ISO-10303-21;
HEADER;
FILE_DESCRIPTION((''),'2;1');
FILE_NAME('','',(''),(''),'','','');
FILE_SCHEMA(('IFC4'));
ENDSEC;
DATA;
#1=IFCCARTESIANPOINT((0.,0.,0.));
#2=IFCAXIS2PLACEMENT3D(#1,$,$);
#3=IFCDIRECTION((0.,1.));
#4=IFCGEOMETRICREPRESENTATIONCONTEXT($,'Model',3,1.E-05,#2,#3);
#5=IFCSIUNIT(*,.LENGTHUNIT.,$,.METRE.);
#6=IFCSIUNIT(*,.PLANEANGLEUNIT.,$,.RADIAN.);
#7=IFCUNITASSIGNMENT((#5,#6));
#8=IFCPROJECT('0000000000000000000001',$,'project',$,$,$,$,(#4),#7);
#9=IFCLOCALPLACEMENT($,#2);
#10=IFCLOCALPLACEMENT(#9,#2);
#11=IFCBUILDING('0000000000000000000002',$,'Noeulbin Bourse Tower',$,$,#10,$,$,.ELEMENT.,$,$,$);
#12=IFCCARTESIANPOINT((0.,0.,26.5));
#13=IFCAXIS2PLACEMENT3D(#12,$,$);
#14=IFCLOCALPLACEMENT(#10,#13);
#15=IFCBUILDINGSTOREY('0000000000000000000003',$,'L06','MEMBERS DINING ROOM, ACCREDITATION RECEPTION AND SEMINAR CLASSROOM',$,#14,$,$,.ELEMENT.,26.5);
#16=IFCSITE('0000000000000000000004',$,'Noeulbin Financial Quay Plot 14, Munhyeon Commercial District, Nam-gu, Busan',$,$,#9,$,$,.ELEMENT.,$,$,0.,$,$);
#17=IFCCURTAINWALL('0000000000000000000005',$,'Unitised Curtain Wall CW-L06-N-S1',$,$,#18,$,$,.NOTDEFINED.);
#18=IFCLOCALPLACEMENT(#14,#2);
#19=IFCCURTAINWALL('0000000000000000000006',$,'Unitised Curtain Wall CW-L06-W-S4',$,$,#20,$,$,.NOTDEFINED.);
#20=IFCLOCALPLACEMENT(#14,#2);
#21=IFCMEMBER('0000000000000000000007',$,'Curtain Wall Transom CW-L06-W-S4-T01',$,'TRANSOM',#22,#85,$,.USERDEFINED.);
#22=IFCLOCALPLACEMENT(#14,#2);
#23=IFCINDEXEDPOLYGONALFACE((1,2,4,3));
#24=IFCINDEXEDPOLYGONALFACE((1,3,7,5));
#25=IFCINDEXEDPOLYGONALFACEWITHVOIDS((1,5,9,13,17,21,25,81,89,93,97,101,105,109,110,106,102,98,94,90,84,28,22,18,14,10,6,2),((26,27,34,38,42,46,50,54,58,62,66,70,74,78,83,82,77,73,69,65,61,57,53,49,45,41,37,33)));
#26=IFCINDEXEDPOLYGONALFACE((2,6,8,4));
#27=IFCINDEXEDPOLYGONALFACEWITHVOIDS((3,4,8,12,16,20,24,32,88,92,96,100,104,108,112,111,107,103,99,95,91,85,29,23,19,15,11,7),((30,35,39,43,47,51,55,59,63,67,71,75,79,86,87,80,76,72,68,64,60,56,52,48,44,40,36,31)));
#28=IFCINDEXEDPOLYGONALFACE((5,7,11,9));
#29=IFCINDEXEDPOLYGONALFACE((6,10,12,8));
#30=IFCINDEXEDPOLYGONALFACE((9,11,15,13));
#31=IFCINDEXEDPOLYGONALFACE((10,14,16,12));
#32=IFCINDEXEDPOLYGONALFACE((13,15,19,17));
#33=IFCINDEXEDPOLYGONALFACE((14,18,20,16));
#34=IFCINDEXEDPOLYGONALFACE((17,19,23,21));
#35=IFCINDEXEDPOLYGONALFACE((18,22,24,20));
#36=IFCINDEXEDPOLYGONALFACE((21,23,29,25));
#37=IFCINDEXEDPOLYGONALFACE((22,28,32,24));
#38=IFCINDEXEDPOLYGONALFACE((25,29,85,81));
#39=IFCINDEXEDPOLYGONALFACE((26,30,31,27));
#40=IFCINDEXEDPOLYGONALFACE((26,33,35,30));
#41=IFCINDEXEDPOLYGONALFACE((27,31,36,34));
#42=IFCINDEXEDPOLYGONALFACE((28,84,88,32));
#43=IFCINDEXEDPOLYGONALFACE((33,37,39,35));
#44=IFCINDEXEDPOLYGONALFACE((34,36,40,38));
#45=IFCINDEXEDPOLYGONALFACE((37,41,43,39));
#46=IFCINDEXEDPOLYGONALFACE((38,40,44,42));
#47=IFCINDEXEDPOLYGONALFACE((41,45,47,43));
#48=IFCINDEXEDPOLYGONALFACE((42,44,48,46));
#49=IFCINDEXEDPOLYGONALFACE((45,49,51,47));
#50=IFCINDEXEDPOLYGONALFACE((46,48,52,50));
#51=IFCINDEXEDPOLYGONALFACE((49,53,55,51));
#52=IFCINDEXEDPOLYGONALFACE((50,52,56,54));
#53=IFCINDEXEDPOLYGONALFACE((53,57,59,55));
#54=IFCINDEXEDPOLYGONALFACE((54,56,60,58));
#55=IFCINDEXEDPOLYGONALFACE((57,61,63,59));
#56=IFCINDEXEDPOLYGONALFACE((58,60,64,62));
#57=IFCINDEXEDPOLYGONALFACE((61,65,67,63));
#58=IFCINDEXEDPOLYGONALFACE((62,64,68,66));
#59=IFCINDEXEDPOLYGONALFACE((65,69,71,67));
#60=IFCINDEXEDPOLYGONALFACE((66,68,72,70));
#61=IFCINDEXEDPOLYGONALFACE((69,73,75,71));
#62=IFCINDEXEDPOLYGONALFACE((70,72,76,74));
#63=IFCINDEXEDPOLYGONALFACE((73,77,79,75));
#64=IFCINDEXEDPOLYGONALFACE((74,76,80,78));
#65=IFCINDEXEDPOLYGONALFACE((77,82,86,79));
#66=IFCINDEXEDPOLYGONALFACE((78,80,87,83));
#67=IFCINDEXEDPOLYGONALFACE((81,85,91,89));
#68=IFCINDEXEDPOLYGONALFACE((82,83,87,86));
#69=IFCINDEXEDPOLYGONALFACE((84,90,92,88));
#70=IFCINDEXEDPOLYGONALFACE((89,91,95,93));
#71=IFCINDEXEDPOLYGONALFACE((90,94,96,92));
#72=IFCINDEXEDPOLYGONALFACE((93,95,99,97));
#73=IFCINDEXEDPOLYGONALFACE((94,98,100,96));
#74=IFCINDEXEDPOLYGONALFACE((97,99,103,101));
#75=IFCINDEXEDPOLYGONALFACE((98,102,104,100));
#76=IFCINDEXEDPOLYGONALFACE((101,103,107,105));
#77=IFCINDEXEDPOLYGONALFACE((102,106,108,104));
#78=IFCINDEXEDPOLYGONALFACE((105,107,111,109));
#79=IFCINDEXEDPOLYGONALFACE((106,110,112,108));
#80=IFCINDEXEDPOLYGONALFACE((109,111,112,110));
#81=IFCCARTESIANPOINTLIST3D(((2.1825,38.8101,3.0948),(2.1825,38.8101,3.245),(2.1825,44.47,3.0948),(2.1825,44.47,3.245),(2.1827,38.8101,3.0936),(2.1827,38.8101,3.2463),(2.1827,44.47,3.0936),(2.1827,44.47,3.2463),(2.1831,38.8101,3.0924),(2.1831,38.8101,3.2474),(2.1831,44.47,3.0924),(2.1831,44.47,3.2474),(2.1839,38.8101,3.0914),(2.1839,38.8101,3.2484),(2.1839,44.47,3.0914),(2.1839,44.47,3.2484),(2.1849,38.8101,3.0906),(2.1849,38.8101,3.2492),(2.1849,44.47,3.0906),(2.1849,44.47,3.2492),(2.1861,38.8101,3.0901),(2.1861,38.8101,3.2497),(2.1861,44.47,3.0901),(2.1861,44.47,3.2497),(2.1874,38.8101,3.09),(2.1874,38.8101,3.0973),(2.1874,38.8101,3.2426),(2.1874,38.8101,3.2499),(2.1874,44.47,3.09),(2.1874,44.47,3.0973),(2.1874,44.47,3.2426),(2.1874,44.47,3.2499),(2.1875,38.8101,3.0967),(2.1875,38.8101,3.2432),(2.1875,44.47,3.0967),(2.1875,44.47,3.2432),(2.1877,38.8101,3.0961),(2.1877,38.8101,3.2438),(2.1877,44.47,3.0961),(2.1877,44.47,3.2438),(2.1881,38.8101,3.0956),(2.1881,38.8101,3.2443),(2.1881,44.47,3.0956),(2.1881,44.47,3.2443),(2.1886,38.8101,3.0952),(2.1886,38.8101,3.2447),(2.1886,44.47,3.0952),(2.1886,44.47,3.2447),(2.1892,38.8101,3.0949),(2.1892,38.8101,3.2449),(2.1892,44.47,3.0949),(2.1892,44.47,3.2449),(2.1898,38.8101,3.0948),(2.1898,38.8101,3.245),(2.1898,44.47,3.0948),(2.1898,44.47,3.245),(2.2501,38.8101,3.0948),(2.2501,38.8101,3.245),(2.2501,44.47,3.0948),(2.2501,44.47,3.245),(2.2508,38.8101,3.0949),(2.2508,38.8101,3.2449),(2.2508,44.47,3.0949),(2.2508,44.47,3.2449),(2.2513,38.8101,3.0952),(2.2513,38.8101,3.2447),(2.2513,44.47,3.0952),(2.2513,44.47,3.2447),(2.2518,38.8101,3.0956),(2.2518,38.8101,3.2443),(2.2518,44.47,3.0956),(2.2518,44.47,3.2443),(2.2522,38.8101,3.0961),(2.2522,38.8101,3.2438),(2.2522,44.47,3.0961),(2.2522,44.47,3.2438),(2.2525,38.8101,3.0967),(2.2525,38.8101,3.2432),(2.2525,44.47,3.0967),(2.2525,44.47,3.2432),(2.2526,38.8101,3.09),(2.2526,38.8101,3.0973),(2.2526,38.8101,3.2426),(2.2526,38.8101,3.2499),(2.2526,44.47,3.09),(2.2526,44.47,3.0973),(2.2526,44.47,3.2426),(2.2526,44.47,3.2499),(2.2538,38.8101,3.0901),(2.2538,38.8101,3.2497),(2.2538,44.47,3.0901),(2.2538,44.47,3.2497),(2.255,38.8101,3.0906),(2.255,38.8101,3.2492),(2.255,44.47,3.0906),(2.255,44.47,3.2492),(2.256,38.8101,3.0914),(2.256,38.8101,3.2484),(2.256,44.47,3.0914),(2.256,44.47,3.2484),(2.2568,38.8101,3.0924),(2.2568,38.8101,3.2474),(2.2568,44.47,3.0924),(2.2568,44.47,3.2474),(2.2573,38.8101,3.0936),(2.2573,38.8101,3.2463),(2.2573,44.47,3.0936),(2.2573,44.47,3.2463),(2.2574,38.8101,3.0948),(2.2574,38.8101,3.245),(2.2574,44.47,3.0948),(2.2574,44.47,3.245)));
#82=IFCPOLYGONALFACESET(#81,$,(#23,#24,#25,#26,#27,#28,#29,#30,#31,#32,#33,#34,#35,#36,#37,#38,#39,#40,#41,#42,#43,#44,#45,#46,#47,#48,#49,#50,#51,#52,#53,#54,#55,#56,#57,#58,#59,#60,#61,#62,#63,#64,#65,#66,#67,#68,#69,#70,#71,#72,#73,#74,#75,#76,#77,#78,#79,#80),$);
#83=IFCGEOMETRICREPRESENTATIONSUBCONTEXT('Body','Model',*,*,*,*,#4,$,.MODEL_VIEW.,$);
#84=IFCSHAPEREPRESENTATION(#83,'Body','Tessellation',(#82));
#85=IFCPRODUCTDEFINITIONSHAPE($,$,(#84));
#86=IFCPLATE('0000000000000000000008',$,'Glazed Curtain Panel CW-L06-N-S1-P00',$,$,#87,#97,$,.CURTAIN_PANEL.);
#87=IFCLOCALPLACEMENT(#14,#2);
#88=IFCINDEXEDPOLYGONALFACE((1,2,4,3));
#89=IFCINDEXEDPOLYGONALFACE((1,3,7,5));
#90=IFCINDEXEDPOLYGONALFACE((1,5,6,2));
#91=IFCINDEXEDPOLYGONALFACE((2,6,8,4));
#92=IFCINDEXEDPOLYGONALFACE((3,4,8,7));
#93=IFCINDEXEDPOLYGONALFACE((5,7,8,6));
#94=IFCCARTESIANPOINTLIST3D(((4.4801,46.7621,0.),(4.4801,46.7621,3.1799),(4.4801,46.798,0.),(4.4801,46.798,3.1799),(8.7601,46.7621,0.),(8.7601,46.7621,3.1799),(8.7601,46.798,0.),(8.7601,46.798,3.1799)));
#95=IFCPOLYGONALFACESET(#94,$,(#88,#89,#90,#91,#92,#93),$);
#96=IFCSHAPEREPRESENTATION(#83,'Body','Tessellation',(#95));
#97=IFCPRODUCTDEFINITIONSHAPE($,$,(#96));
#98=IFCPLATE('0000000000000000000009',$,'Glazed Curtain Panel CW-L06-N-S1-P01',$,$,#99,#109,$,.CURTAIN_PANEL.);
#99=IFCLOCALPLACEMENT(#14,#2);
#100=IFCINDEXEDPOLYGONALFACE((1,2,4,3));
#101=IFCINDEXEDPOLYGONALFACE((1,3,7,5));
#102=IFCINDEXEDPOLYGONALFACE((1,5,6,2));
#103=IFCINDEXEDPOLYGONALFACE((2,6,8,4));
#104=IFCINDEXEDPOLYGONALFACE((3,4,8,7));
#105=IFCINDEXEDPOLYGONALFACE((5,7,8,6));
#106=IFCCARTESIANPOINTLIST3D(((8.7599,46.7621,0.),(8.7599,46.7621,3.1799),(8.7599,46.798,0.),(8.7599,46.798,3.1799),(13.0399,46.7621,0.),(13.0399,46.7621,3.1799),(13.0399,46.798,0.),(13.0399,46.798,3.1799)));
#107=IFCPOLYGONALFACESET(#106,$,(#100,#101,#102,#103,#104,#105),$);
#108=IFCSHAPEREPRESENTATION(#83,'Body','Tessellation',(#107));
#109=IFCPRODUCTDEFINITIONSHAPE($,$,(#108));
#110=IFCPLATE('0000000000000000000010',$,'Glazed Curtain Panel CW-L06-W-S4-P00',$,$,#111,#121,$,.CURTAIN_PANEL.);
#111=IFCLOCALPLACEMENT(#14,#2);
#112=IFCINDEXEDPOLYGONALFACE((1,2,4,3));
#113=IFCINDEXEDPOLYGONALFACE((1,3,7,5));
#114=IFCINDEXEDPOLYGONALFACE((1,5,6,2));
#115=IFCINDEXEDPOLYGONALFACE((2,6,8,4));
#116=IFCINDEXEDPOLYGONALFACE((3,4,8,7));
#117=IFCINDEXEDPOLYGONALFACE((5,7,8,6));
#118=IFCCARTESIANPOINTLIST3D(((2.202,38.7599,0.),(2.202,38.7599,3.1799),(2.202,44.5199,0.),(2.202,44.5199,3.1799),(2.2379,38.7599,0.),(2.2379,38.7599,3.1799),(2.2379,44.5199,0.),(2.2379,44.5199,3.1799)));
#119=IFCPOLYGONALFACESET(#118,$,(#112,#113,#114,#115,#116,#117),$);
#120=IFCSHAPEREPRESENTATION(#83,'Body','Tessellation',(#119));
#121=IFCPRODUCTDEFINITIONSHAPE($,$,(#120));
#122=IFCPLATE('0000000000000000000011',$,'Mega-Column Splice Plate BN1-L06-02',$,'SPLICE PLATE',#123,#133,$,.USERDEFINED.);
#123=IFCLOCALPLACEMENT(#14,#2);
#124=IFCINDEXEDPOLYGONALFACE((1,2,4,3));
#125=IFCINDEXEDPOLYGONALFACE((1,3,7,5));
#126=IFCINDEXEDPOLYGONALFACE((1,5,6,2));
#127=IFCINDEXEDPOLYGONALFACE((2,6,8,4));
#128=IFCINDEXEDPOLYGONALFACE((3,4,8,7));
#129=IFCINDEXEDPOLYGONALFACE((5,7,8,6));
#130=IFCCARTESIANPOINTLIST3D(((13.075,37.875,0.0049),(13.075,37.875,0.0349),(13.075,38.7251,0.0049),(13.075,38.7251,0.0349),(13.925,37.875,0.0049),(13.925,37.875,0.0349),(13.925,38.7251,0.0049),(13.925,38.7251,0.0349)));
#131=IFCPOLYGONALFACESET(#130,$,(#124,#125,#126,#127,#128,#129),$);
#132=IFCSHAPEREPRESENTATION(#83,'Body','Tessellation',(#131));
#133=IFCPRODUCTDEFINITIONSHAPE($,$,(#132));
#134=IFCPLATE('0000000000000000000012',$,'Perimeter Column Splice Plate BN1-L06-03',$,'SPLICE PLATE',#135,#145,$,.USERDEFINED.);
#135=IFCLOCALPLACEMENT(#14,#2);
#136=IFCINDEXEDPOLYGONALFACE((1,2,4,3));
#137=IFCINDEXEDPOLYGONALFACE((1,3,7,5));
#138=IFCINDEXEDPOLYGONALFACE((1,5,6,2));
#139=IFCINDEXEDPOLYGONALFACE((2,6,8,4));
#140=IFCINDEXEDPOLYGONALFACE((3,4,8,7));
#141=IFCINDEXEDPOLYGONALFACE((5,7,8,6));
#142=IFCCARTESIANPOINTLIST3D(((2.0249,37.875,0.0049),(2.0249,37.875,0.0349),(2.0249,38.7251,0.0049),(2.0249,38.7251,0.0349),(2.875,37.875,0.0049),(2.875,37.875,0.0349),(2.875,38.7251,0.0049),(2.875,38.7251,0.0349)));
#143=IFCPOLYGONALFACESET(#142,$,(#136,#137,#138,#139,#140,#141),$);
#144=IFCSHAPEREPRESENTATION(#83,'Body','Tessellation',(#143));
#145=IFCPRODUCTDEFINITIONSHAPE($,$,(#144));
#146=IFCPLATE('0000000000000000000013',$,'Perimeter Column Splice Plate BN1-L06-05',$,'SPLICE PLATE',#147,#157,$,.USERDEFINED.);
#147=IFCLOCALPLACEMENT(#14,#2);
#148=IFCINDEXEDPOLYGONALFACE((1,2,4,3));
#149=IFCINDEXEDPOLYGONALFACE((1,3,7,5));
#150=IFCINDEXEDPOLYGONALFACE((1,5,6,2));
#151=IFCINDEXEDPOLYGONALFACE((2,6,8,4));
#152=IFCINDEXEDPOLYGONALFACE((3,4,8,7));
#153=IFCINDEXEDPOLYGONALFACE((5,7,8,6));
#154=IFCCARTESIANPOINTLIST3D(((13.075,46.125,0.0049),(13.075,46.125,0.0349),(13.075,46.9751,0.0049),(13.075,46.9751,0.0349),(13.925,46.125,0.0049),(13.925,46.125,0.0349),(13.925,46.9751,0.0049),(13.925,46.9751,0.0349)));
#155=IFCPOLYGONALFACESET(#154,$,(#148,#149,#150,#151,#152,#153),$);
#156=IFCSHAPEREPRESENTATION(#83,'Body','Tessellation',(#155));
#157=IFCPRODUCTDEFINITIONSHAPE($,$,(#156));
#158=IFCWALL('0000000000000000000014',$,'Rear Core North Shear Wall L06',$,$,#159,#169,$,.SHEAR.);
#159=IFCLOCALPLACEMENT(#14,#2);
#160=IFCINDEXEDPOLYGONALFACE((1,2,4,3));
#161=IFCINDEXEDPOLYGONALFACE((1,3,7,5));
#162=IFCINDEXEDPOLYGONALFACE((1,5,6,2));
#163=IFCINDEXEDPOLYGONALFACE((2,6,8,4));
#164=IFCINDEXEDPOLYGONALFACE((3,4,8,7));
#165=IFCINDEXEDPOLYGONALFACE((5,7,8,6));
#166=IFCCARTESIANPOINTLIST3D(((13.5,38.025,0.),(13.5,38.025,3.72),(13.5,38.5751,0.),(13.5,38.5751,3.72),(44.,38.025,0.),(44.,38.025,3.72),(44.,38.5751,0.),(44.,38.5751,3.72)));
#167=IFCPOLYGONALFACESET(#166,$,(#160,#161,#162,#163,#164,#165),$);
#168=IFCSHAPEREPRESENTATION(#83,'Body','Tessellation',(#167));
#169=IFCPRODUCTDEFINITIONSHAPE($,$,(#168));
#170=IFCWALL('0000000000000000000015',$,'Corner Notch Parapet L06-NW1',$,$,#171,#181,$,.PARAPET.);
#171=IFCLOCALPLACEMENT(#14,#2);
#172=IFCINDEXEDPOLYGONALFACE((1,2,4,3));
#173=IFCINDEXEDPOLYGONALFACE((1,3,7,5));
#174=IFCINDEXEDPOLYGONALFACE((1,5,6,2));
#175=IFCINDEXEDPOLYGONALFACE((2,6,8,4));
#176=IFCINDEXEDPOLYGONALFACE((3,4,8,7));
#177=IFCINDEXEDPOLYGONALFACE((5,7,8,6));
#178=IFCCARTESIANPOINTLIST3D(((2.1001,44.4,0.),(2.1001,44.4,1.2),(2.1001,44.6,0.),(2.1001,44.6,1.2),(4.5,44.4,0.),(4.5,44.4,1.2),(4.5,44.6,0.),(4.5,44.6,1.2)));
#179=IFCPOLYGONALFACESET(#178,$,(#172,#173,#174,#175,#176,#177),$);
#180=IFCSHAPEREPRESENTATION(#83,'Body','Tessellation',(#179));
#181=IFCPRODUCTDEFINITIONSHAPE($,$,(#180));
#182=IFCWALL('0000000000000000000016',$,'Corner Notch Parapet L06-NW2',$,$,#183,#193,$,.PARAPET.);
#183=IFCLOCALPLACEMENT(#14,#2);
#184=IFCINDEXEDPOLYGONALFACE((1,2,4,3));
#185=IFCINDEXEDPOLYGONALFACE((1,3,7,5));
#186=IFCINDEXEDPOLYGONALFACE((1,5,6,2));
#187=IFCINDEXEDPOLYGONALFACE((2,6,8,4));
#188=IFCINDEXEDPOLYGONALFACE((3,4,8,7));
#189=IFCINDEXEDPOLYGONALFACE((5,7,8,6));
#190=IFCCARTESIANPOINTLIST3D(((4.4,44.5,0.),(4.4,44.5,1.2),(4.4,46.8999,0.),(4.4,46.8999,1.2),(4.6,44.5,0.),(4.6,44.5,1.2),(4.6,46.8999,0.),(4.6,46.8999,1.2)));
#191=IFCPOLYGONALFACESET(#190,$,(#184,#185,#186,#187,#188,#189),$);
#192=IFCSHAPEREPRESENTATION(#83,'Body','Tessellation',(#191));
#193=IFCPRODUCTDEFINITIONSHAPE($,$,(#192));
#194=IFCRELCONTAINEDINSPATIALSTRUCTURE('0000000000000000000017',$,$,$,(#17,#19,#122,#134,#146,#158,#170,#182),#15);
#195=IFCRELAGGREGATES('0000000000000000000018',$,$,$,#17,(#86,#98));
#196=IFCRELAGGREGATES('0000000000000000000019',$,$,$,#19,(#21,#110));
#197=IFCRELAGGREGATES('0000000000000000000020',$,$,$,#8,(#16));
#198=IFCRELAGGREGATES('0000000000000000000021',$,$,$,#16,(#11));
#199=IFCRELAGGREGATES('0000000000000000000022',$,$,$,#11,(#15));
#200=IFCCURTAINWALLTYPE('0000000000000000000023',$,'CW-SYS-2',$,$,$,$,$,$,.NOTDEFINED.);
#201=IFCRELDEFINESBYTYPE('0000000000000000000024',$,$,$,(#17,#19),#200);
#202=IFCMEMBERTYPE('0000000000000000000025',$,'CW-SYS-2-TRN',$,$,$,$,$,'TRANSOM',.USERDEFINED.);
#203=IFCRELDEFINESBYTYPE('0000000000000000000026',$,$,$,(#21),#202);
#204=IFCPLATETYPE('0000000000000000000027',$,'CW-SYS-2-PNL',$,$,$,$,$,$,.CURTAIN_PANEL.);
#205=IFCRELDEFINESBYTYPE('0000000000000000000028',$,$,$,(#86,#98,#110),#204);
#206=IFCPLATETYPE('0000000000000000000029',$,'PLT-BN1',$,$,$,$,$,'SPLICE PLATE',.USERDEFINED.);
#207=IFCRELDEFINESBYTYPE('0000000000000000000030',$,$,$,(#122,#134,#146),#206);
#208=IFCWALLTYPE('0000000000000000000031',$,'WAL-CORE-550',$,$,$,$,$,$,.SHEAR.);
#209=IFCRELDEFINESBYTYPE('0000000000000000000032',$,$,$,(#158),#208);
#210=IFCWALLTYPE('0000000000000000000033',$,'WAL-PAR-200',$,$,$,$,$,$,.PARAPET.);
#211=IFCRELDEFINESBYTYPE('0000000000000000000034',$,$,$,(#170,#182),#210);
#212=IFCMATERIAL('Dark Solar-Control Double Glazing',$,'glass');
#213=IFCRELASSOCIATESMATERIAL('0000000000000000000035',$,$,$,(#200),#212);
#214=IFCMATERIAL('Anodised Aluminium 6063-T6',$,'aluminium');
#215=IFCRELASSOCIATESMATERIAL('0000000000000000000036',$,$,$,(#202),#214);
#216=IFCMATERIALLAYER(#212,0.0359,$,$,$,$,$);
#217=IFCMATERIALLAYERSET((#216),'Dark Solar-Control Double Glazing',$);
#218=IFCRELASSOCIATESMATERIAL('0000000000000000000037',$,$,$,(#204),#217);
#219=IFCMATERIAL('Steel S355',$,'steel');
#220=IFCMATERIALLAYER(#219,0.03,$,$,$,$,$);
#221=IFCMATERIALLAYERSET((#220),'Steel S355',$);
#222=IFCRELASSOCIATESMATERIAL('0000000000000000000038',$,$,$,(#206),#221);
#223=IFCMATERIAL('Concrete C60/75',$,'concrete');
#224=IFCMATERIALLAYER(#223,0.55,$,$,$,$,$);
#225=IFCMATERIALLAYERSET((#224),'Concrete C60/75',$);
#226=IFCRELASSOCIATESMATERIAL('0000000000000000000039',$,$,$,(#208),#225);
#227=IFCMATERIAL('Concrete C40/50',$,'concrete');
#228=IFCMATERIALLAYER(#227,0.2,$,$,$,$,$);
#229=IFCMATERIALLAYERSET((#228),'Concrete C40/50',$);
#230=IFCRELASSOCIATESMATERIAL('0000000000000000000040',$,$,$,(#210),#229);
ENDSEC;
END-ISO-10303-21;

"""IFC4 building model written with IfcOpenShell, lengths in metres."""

from ifc_helpers import new_model, si_unit, direction, frame, frame_2d, origin, origin_2d, place, context, subcontext, project, spatial, rectangle, hollow_rectangle, extrude, material, layer, layer_set, material_profile, profile_set, type_object, element, aggregate, save


model = new_model("IFC4")

# Units and contexts
model_context = context("Model", 3, precision=1e-05, world=origin(), true_north=direction((0.0, 1.0)))
body_context = subcontext(model_context, "Body", "Model", "MODEL_VIEW")
ifc_project = project(units=[si_unit("LENGTHUNIT", "METRE"), si_unit("PLANEANGLEUNIT", "RADIAN")], contexts=[model_context])

# Site, building, storey
site_placement = place(None, origin())
site = spatial("IfcSite", under=ifc_project, at=site_placement, Name="Noeulbin Financial Quay Plot 14, Munhyeon Commercial District, Nam-gu, Busan", CompositionType="ELEMENT", RefElevation=0.0)
building_placement = place(site_placement, origin())
building = spatial("IfcBuilding", under=site, at=building_placement, Name="Noeulbin Bourse Tower", CompositionType="ELEMENT")
storey_placement = place(building_placement, frame((0.0, 0.0, 26.5)))
storey = spatial("IfcBuildingStorey", under=building, at=storey_placement, Name="L06", Description="MEMBERS DINING ROOM, ACCREDITATION RECEPTION AND SEMINAR CLASSROOM", CompositionType="ELEMENT", Elevation=26.5)

# Shared definitions
ifc_material_1 = material(Name="Steel S355", Category="steel")

# Curtain wall
ifc_material_2 = material(Name="Dark Solar-Control Double Glazing", Category="glass")
curtain_wall_type = type_object("IfcCurtainWallType", Name="CW-SYS-2", PredefinedType="NOTDEFINED", material=ifc_material_2)
curtain_wall_1_placement = place(storey_placement, origin())
curtain_wall_1 = element("IfcCurtainWall", 1, at=curtain_wall_1_placement, inside=storey, type_object=curtain_wall_type, Name="Unitised Curtain Wall CW-L06-N-S1", PredefinedType="NOTDEFINED")
ifc_material_3 = material(Name="Anodised Aluminium 6063-T6", Category="aluminium")

# Curtain wall
curtain_wall_2_placement = place(storey_placement, origin())
curtain_wall_2 = element("IfcCurtainWall", 2, at=curtain_wall_2_placement, inside=storey, type_object=curtain_wall_type, Name="Unitised Curtain Wall CW-L06-W-S4", PredefinedType="NOTDEFINED")

# Member
ifc_material_profile_1 = material_profile(ifc_material_3, hollow_rectangle(XDim=0.075, YDim=0.1599, WallThickness=0.0049, InnerFilletRadius=0.0024, OuterFilletRadius=0.0049, at=origin_2d()), Name="ALU-TRAN-75x160x5", Category="LoadBearing")
ifc_profile_set_1 = profile_set([ifc_material_profile_1], Name="Anodised Aluminium 6063-T6")
member_type_1 = type_object("IfcMemberType", Name="CW-SYS-2-TRN", ElementType="TRANSOM", PredefinedType="USERDEFINED", material=ifc_profile_set_1)
member_1_placement = place(storey_placement, frame((2.22, 38.8101, 3.1699), z_axis=(0.0, 1.0, 0.0), x_axis=(-1.0, 0.0, 0.0)))
member_1 = element("IfcMember", 3, at=member_1_placement, type_object=member_type_1, Name="Curtain Wall Transom CW-L06-W-S4-T01", ObjectType="TRANSOM", PredefinedType="USERDEFINED", context=body_context, shape_type="SweptSolid", body=[
    extrude(hollow_rectangle(XDim=0.075, YDim=0.1599, WallThickness=0.0049, InnerFilletRadius=0.0024, OuterFilletRadius=0.0049, at=origin_2d()), origin(), (0.0, 0.0, 1.0), 5.6599),
])

# Plates
ifc_layer_1 = layer(ifc_material_2, 0.0359)
ifc_layer_set_1 = layer_set([ifc_layer_1], Name="Dark Solar-Control Double Glazing")
plate_type_1 = type_object("IfcPlateType", Name="CW-SYS-2-PNL", PredefinedType="CURTAIN_PANEL", material=ifc_layer_set_1)
plate_1_placement = place(storey_placement, frame((6.6201, 46.78, 0.0), z_axis=(0.0, 0.0, 1.0), x_axis=(1.0, 0.0, 0.0)))
plate_1 = element("IfcPlate", 4, at=plate_1_placement, type_object=plate_type_1, Name="Glazed Curtain Panel CW-L06-N-S1-P00", PredefinedType="CURTAIN_PANEL", context=body_context, shape_type="SweptSolid", body=[
    extrude(rectangle(XDim=4.28, YDim=0.0359, at=origin_2d()), origin(), (0.0, 0.0, 1.0), 3.1799),
])
plate_2_placement = place(storey_placement, frame((10.8999, 46.78, 0.0), z_axis=(0.0, 0.0, 1.0), x_axis=(1.0, 0.0, 0.0)))
plate_2 = element("IfcPlate", 5, at=plate_2_placement, type_object=plate_type_1, Name="Glazed Curtain Panel CW-L06-N-S1-P01", PredefinedType="CURTAIN_PANEL", context=body_context, shape_type="SweptSolid", body=[
    extrude(rectangle(XDim=4.28, YDim=0.0359, at=origin_2d()), origin(), (0.0, 0.0, 1.0), 3.1799),
])
aggregate(curtain_wall_1, [plate_1, plate_2])
plate_3_placement = place(storey_placement, frame((2.22, 41.6399, 0.0), z_axis=(0.0, 0.0, 1.0), x_axis=(0.0, 1.0, 0.0)))
plate_3 = element("IfcPlate", 6, at=plate_3_placement, type_object=plate_type_1, Name="Glazed Curtain Panel CW-L06-W-S4-P00", PredefinedType="CURTAIN_PANEL", context=body_context, shape_type="SweptSolid", body=[
    extrude(rectangle(XDim=5.76, YDim=0.0359, at=origin_2d()), origin(), (0.0, 0.0, 1.0), 3.1799),
])
aggregate(curtain_wall_2, [member_1, plate_3])

# Plates
ifc_layer_2 = layer(ifc_material_1, 0.03)
ifc_layer_set_2 = layer_set([ifc_layer_2], Name="Steel S355")
plate_type_2 = type_object("IfcPlateType", Name="PLT-BN1", ElementType="SPLICE PLATE", PredefinedType="USERDEFINED", material=ifc_layer_set_2)
for number, where, z_axis, x_axis, name in (
    (7, (13.5, 38.3, 0.0049), (0.0, 0.0, 1.0), (1.0, 0.0, 0.0), "Mega-Column Splice Plate BN1-L06-02"),
    (8, (2.45, 38.3, 0.0049), (0.0, 0.0, 1.0), (1.0, 0.0, 0.0), "Perimeter Column Splice Plate BN1-L06-03"),
    (9, (13.5, 46.55, 0.0049), (0.0, 0.0, 1.0), (1.0, 0.0, 0.0), "Perimeter Column Splice Plate BN1-L06-05"),
):
    element("IfcPlate", number, at=place(storey_placement, frame(where, z_axis=z_axis, x_axis=x_axis)), inside=storey, type_object=plate_type_2, Name=name, ObjectType="SPLICE PLATE", PredefinedType="USERDEFINED", context=body_context, shape_type="SweptSolid", body=[
        extrude(rectangle(XDim=0.8501, YDim=0.8501, at=origin_2d()), origin(), (0.0, 0.0, 1.0), 0.03),
    ])

# Walls
ifc_material_4 = material(Name="Concrete C60/75", Category="concrete")
ifc_layer_3 = layer(ifc_material_4, 0.55)
ifc_layer_set_3 = layer_set([ifc_layer_3], Name="Concrete C60/75")
wall_type_1 = type_object("IfcWallType", Name="WAL-CORE-550", PredefinedType="SHEAR", material=ifc_layer_set_3)
wall_1_placement = place(storey_placement, frame((13.5, 38.3, 0.0), z_axis=(0.0, 0.0, 1.0), x_axis=(1.0, 0.0, 0.0)))
element("IfcWall", 10, at=wall_1_placement, inside=storey, type_object=wall_type_1, Name="Rear Core North Shear Wall L06", PredefinedType="SHEAR", context=body_context, shape_type="SweptSolid", body=[
    extrude(rectangle(XDim=30.5, YDim=0.55, at=frame_2d((15.25, 0.0))), origin(), (0.0, 0.0, 1.0), 3.72),
])
ifc_material_5 = material(Name="Concrete C40/50", Category="concrete")
ifc_layer_4 = layer(ifc_material_5, 0.2)
ifc_layer_set_4 = layer_set([ifc_layer_4], Name="Concrete C40/50")
wall_type_2 = type_object("IfcWallType", Name="WAL-PAR-200", PredefinedType="PARAPET", material=ifc_layer_set_4)
for number, where, z_axis, x_axis, name in (
    (11, (2.1001, 44.5, 0.0), (0.0, 0.0, 1.0), (1.0, 0.0, 0.0), "Corner Notch Parapet L06-NW1"),
    (12, (4.5, 44.5, 0.0), (0.0, 0.0, 1.0), (0.0, 1.0, 0.0), "Corner Notch Parapet L06-NW2"),
):
    element("IfcWall", number, at=place(storey_placement, frame(where, z_axis=z_axis, x_axis=x_axis)), inside=storey, type_object=wall_type_2, Name=name, PredefinedType="PARAPET", context=body_context, shape_type="SweptSolid", body=[
        extrude(rectangle(XDim=2.3999, YDim=0.2, at=frame_2d((1.2, 0.0))), origin(), (0.0, 0.0, 1.0), 1.2),
    ])

save(model, "model.ifc")
